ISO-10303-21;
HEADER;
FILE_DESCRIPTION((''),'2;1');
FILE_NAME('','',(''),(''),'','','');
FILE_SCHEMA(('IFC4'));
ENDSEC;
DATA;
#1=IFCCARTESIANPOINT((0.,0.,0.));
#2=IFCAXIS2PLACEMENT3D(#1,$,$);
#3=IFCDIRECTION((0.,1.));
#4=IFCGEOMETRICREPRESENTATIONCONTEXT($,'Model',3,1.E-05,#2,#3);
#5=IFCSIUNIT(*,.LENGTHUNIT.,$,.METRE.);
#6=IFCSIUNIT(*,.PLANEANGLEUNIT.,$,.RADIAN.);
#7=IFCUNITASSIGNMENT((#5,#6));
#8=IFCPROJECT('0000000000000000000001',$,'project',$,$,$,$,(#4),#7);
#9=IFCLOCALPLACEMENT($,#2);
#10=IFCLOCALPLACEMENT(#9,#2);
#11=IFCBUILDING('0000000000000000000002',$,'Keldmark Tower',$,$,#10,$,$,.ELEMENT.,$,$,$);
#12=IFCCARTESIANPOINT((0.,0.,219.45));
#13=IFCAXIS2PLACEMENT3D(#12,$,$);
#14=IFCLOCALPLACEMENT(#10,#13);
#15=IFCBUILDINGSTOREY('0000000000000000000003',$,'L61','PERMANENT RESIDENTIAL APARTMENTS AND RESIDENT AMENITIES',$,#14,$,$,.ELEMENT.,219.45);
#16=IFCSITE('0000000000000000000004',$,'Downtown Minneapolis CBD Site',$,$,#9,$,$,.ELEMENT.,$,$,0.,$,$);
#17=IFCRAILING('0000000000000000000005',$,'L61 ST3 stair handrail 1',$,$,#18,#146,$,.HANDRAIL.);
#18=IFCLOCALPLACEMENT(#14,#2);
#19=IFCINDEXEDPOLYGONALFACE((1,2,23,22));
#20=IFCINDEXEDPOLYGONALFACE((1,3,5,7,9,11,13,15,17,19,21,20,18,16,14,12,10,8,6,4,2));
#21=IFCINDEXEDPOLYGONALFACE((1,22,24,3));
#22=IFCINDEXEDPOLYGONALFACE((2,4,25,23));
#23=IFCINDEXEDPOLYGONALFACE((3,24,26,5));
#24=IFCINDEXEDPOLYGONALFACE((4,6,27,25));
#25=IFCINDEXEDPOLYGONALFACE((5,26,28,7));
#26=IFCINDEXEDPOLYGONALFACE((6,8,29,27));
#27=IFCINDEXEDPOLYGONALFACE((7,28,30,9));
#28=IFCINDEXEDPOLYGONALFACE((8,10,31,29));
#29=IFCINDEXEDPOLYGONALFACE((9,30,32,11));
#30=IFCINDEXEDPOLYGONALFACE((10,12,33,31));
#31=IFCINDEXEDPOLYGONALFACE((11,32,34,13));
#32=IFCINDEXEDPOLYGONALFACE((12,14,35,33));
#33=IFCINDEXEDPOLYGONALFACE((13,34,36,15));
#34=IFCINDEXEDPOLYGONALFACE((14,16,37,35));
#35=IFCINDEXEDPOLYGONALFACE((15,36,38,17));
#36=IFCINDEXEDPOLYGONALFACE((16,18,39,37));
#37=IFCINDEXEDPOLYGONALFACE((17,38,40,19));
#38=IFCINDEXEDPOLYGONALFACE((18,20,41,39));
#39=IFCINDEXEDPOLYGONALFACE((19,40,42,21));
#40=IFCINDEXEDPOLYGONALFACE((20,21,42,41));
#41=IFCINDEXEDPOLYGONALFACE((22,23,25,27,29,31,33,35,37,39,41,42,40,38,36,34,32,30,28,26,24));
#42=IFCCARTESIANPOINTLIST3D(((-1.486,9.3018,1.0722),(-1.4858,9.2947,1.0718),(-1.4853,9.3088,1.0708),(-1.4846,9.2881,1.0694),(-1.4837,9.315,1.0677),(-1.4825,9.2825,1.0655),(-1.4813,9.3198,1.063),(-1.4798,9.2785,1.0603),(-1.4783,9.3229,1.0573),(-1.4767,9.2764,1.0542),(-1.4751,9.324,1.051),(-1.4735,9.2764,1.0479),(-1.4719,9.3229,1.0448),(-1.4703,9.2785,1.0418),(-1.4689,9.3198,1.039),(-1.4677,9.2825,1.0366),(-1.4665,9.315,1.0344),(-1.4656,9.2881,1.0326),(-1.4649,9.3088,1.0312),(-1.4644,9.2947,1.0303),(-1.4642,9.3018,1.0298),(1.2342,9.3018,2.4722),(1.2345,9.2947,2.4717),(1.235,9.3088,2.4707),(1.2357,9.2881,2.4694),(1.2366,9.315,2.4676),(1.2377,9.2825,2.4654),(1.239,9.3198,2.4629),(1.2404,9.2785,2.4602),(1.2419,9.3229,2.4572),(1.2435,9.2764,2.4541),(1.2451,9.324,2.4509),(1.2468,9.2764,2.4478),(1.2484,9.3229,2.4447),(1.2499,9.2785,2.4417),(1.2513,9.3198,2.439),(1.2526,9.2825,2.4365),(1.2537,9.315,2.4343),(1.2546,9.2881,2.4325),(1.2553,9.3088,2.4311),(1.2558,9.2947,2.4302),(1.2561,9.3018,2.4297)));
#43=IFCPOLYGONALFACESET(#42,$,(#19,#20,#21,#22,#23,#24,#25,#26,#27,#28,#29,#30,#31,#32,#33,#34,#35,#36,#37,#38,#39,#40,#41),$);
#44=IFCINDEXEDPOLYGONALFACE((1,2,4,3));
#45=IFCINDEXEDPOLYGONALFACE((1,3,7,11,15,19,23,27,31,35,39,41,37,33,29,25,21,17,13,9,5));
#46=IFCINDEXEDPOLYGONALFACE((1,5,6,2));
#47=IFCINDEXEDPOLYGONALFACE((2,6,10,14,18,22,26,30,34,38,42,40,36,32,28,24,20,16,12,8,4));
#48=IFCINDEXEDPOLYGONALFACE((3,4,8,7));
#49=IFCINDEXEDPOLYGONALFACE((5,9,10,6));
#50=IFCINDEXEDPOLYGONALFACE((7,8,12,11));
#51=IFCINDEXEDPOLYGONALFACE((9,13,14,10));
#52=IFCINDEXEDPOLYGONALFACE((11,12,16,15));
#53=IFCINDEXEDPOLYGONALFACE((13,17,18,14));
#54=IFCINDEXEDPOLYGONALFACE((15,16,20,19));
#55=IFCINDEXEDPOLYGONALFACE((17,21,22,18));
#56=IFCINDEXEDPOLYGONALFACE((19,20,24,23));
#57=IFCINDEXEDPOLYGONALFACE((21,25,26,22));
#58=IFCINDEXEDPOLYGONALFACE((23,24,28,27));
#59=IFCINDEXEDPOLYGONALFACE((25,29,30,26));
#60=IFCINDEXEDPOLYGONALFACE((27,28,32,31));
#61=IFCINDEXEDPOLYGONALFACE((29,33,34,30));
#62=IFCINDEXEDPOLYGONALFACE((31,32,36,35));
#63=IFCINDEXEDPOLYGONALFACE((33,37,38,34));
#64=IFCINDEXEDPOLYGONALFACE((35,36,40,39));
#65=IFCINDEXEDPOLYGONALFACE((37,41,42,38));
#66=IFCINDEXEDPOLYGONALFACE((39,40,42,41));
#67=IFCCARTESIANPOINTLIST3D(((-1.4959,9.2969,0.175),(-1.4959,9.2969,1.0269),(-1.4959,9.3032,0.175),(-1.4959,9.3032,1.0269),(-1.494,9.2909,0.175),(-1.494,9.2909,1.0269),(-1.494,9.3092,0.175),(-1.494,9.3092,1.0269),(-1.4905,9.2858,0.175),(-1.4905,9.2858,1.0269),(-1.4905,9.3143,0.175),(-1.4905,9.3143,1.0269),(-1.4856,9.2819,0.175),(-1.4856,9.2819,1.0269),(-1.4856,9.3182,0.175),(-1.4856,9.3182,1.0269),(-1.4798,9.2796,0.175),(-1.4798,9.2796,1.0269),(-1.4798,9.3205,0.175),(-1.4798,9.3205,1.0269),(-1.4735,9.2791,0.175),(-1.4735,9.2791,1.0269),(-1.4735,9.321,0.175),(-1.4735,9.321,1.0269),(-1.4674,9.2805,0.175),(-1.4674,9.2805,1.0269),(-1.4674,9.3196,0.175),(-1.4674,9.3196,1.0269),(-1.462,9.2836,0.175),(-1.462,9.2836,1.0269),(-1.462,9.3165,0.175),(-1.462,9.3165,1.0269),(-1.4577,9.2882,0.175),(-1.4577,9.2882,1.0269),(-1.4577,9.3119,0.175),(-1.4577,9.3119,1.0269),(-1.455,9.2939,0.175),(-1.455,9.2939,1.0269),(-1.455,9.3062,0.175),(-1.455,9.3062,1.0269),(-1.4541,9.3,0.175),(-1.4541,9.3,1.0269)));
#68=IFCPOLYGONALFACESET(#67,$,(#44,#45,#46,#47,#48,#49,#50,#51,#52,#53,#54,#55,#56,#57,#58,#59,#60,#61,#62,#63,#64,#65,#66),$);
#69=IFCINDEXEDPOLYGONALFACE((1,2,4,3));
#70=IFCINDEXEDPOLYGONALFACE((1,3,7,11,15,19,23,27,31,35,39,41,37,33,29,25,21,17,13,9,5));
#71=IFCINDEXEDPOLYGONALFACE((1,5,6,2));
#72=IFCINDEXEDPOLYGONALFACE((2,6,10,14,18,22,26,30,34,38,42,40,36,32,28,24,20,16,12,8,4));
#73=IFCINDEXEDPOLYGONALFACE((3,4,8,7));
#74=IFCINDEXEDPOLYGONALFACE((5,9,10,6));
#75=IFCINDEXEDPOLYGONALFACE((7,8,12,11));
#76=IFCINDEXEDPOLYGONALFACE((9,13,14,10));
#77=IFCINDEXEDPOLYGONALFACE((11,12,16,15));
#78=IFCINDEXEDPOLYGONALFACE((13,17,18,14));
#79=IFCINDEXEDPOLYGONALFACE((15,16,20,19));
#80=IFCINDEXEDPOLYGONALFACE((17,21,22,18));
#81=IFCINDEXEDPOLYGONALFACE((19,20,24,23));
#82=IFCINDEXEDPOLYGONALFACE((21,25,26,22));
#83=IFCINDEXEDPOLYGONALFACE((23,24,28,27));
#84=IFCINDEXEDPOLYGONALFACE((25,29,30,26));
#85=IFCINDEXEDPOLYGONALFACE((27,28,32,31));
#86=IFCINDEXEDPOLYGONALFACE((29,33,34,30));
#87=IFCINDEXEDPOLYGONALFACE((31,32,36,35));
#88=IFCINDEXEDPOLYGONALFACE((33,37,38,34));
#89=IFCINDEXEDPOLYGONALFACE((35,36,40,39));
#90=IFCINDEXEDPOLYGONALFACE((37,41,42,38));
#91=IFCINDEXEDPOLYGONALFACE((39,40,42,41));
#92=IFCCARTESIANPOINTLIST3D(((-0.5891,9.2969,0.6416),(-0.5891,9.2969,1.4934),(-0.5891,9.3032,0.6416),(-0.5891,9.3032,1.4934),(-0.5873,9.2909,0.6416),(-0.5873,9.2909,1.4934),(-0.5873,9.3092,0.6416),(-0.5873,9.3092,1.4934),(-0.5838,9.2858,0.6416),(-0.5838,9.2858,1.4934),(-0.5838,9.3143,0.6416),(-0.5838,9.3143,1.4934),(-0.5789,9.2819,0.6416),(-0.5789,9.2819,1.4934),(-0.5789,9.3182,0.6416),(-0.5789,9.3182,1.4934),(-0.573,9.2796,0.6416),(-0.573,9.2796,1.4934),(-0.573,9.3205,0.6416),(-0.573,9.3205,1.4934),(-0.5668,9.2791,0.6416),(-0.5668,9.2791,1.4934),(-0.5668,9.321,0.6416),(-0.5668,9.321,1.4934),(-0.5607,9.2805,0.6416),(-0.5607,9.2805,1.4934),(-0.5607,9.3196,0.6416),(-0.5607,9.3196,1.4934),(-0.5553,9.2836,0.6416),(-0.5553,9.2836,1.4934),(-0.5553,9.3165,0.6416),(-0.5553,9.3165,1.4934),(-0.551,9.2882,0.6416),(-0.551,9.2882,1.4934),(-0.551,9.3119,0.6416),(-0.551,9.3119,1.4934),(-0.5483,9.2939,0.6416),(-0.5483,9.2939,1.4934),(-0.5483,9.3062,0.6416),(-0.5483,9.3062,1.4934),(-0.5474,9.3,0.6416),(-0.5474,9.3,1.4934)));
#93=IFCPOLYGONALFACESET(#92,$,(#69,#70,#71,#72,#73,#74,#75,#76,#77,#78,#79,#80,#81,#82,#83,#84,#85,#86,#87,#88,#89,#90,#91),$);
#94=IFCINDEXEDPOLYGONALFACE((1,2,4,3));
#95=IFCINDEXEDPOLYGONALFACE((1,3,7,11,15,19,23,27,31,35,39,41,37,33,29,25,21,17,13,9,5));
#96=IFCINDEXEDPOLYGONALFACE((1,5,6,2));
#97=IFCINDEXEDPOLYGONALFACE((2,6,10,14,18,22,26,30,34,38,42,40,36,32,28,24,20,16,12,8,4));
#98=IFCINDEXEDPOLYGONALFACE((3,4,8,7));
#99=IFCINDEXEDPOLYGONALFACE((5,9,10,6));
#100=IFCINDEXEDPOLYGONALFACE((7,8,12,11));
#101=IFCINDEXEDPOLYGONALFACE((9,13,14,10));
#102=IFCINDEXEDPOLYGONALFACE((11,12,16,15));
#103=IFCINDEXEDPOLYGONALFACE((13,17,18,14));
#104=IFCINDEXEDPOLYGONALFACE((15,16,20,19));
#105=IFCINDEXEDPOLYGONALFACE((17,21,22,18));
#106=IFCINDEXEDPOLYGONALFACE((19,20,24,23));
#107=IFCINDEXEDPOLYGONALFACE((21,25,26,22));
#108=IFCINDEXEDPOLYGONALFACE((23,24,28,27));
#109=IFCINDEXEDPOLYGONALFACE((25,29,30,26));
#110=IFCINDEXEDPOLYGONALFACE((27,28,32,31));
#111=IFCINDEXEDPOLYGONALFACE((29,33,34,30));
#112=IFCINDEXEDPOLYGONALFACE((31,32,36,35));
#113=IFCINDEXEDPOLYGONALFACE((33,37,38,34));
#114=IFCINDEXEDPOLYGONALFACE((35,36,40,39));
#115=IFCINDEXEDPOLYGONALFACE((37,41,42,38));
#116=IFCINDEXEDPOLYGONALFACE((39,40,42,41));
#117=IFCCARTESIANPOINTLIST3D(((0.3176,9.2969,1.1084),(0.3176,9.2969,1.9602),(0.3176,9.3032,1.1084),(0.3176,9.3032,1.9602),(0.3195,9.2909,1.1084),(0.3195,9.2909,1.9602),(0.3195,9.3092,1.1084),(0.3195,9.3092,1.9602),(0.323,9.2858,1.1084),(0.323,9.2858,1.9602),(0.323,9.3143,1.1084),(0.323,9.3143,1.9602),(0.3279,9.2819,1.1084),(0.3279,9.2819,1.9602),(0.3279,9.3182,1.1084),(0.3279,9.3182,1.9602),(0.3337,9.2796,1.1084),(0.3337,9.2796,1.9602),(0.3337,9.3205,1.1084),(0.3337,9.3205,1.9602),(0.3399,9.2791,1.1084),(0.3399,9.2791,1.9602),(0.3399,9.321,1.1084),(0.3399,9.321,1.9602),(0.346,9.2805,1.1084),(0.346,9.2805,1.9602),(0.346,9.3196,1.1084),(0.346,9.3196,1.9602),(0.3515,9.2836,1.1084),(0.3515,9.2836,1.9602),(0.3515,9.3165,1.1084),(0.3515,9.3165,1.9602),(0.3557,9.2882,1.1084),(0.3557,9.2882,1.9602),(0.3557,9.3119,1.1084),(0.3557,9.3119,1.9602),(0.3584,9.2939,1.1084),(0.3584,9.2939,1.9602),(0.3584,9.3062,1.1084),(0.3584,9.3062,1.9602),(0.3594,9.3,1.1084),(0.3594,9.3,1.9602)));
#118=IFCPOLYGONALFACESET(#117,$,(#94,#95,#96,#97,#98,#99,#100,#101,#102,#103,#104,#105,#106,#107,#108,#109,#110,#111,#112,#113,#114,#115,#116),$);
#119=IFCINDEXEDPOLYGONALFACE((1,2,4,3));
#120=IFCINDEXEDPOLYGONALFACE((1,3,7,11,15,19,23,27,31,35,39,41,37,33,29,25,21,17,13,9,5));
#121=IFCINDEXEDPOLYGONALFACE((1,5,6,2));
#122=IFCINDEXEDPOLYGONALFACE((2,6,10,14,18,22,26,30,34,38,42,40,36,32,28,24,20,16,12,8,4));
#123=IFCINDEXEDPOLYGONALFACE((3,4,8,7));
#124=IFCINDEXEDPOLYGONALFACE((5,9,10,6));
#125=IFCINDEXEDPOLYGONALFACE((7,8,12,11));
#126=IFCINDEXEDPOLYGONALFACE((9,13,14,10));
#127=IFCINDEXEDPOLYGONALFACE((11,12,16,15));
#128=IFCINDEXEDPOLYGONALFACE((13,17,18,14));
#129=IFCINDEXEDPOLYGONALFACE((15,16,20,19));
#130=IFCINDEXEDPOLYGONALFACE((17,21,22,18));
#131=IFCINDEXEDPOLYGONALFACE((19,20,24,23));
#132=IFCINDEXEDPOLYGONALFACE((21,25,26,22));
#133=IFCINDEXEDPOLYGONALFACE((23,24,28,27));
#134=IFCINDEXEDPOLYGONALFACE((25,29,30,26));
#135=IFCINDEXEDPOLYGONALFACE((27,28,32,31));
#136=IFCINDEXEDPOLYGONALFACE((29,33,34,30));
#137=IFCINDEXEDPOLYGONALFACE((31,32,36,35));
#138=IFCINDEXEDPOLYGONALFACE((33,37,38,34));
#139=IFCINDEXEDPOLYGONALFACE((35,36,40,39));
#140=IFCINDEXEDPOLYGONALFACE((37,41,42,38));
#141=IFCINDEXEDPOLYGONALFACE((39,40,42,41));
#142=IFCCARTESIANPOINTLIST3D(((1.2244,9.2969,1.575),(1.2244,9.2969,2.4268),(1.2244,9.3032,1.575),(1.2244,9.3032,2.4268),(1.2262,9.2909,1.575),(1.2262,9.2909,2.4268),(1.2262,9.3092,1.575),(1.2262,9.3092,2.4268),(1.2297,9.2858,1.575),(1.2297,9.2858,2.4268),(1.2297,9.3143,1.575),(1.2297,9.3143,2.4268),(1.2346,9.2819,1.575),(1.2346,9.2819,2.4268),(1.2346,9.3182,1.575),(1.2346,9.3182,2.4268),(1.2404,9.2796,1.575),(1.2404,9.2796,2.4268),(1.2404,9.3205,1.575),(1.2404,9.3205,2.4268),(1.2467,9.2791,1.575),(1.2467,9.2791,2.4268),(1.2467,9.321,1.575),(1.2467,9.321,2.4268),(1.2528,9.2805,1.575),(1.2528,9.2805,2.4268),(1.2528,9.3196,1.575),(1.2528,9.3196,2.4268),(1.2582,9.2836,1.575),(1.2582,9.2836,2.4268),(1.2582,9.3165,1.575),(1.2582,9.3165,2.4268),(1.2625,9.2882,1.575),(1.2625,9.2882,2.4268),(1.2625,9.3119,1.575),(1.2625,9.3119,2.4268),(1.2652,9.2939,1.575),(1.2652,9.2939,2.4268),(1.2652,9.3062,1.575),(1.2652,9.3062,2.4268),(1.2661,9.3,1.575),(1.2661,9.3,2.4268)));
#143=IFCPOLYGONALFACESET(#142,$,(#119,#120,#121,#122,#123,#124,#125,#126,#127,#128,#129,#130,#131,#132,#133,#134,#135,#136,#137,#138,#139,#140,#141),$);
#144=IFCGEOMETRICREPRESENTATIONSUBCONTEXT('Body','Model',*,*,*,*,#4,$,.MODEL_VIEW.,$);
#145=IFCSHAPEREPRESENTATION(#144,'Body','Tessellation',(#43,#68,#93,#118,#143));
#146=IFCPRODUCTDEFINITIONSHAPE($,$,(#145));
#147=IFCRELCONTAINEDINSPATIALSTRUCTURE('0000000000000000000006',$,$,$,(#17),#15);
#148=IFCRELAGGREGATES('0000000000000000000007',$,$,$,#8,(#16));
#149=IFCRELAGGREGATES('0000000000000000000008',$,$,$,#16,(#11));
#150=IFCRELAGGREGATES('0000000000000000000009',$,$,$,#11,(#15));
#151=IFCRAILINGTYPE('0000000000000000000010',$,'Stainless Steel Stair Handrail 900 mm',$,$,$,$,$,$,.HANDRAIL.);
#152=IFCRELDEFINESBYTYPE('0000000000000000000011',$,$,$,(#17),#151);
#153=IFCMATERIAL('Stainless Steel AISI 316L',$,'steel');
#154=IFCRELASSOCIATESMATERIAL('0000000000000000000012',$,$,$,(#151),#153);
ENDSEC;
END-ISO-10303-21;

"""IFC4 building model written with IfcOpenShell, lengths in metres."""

from ifc_helpers import new_model, si_unit, direction, frame, origin, origin_2d, place, context, subcontext, project, spatial, circle, extrude, material, type_object, element, save


model = new_model("IFC4")

# Units and contexts
model_context = context("Model", 3, precision=1e-05, world=origin(), true_north=direction((0.0, 1.0)))
body_context = subcontext(model_context, "Body", "Model", "MODEL_VIEW")
ifc_project = project(units=[si_unit("LENGTHUNIT", "METRE"), si_unit("PLANEANGLEUNIT", "RADIAN")], contexts=[model_context])

# Site, building, storey
site_placement = place(None, origin())
site = spatial("IfcSite", under=ifc_project, at=site_placement, Name="Downtown Minneapolis CBD Site", CompositionType="ELEMENT", RefElevation=0.0)
building_placement = place(site_placement, origin())
building = spatial("IfcBuilding", under=site, at=building_placement, Name="Keldmark Tower", CompositionType="ELEMENT")
storey_placement = place(building_placement, frame((0.0, 0.0, 219.45)))
storey = spatial("IfcBuildingStorey", under=building, at=storey_placement, Name="L61", Description="PERMANENT RESIDENTIAL APARTMENTS AND RESIDENT AMENITIES", CompositionType="ELEMENT", Elevation=219.45)

# Railing
ifc_material_1 = material(Name="Stainless Steel AISI 316L", Category="steel")
railing_type_1 = type_object("IfcRailingType", Name="Stainless Steel Stair Handrail 900 mm", PredefinedType="HANDRAIL", material=ifc_material_1)
railing_1_placement = place(storey_placement, frame((-1.4751, 9.3, 0.175)))
element("IfcRailing", 1, at=railing_1_placement, inside=storey, type_object=railing_type_1, Name="L61 ST3 stair handrail 1", PredefinedType="HANDRAIL", context=body_context, shape_type="SweptSolid", body=[
    extrude(circle(Radius=0.0239, at=origin_2d()), frame((0.0, 0.0, 0.876), z_axis=(0.889164, 0.0, 0.45759), x_axis=(0.0, 1.0, 0.0)), (0.0, 0.0, 1.0), 3.0593),
    extrude(circle(Radius=0.021, at=origin_2d()), origin(), (0.0, 0.0, 1.0), 0.8518),
    extrude(circle(Radius=0.021, at=origin_2d()), frame((0.9067, 0.0, 0.4666)), (0.0, 0.0, 1.0), 0.8518),
    extrude(circle(Radius=0.021, at=origin_2d()), frame((1.8135, 0.0, 0.9333)), (0.0, 0.0, 1.0), 0.8518),
    extrude(circle(Radius=0.021, at=origin_2d()), frame((2.7202, 0.0, 1.3999)), (0.0, 0.0, 1.0), 0.8518),
])

save(model, "model.ifc")
